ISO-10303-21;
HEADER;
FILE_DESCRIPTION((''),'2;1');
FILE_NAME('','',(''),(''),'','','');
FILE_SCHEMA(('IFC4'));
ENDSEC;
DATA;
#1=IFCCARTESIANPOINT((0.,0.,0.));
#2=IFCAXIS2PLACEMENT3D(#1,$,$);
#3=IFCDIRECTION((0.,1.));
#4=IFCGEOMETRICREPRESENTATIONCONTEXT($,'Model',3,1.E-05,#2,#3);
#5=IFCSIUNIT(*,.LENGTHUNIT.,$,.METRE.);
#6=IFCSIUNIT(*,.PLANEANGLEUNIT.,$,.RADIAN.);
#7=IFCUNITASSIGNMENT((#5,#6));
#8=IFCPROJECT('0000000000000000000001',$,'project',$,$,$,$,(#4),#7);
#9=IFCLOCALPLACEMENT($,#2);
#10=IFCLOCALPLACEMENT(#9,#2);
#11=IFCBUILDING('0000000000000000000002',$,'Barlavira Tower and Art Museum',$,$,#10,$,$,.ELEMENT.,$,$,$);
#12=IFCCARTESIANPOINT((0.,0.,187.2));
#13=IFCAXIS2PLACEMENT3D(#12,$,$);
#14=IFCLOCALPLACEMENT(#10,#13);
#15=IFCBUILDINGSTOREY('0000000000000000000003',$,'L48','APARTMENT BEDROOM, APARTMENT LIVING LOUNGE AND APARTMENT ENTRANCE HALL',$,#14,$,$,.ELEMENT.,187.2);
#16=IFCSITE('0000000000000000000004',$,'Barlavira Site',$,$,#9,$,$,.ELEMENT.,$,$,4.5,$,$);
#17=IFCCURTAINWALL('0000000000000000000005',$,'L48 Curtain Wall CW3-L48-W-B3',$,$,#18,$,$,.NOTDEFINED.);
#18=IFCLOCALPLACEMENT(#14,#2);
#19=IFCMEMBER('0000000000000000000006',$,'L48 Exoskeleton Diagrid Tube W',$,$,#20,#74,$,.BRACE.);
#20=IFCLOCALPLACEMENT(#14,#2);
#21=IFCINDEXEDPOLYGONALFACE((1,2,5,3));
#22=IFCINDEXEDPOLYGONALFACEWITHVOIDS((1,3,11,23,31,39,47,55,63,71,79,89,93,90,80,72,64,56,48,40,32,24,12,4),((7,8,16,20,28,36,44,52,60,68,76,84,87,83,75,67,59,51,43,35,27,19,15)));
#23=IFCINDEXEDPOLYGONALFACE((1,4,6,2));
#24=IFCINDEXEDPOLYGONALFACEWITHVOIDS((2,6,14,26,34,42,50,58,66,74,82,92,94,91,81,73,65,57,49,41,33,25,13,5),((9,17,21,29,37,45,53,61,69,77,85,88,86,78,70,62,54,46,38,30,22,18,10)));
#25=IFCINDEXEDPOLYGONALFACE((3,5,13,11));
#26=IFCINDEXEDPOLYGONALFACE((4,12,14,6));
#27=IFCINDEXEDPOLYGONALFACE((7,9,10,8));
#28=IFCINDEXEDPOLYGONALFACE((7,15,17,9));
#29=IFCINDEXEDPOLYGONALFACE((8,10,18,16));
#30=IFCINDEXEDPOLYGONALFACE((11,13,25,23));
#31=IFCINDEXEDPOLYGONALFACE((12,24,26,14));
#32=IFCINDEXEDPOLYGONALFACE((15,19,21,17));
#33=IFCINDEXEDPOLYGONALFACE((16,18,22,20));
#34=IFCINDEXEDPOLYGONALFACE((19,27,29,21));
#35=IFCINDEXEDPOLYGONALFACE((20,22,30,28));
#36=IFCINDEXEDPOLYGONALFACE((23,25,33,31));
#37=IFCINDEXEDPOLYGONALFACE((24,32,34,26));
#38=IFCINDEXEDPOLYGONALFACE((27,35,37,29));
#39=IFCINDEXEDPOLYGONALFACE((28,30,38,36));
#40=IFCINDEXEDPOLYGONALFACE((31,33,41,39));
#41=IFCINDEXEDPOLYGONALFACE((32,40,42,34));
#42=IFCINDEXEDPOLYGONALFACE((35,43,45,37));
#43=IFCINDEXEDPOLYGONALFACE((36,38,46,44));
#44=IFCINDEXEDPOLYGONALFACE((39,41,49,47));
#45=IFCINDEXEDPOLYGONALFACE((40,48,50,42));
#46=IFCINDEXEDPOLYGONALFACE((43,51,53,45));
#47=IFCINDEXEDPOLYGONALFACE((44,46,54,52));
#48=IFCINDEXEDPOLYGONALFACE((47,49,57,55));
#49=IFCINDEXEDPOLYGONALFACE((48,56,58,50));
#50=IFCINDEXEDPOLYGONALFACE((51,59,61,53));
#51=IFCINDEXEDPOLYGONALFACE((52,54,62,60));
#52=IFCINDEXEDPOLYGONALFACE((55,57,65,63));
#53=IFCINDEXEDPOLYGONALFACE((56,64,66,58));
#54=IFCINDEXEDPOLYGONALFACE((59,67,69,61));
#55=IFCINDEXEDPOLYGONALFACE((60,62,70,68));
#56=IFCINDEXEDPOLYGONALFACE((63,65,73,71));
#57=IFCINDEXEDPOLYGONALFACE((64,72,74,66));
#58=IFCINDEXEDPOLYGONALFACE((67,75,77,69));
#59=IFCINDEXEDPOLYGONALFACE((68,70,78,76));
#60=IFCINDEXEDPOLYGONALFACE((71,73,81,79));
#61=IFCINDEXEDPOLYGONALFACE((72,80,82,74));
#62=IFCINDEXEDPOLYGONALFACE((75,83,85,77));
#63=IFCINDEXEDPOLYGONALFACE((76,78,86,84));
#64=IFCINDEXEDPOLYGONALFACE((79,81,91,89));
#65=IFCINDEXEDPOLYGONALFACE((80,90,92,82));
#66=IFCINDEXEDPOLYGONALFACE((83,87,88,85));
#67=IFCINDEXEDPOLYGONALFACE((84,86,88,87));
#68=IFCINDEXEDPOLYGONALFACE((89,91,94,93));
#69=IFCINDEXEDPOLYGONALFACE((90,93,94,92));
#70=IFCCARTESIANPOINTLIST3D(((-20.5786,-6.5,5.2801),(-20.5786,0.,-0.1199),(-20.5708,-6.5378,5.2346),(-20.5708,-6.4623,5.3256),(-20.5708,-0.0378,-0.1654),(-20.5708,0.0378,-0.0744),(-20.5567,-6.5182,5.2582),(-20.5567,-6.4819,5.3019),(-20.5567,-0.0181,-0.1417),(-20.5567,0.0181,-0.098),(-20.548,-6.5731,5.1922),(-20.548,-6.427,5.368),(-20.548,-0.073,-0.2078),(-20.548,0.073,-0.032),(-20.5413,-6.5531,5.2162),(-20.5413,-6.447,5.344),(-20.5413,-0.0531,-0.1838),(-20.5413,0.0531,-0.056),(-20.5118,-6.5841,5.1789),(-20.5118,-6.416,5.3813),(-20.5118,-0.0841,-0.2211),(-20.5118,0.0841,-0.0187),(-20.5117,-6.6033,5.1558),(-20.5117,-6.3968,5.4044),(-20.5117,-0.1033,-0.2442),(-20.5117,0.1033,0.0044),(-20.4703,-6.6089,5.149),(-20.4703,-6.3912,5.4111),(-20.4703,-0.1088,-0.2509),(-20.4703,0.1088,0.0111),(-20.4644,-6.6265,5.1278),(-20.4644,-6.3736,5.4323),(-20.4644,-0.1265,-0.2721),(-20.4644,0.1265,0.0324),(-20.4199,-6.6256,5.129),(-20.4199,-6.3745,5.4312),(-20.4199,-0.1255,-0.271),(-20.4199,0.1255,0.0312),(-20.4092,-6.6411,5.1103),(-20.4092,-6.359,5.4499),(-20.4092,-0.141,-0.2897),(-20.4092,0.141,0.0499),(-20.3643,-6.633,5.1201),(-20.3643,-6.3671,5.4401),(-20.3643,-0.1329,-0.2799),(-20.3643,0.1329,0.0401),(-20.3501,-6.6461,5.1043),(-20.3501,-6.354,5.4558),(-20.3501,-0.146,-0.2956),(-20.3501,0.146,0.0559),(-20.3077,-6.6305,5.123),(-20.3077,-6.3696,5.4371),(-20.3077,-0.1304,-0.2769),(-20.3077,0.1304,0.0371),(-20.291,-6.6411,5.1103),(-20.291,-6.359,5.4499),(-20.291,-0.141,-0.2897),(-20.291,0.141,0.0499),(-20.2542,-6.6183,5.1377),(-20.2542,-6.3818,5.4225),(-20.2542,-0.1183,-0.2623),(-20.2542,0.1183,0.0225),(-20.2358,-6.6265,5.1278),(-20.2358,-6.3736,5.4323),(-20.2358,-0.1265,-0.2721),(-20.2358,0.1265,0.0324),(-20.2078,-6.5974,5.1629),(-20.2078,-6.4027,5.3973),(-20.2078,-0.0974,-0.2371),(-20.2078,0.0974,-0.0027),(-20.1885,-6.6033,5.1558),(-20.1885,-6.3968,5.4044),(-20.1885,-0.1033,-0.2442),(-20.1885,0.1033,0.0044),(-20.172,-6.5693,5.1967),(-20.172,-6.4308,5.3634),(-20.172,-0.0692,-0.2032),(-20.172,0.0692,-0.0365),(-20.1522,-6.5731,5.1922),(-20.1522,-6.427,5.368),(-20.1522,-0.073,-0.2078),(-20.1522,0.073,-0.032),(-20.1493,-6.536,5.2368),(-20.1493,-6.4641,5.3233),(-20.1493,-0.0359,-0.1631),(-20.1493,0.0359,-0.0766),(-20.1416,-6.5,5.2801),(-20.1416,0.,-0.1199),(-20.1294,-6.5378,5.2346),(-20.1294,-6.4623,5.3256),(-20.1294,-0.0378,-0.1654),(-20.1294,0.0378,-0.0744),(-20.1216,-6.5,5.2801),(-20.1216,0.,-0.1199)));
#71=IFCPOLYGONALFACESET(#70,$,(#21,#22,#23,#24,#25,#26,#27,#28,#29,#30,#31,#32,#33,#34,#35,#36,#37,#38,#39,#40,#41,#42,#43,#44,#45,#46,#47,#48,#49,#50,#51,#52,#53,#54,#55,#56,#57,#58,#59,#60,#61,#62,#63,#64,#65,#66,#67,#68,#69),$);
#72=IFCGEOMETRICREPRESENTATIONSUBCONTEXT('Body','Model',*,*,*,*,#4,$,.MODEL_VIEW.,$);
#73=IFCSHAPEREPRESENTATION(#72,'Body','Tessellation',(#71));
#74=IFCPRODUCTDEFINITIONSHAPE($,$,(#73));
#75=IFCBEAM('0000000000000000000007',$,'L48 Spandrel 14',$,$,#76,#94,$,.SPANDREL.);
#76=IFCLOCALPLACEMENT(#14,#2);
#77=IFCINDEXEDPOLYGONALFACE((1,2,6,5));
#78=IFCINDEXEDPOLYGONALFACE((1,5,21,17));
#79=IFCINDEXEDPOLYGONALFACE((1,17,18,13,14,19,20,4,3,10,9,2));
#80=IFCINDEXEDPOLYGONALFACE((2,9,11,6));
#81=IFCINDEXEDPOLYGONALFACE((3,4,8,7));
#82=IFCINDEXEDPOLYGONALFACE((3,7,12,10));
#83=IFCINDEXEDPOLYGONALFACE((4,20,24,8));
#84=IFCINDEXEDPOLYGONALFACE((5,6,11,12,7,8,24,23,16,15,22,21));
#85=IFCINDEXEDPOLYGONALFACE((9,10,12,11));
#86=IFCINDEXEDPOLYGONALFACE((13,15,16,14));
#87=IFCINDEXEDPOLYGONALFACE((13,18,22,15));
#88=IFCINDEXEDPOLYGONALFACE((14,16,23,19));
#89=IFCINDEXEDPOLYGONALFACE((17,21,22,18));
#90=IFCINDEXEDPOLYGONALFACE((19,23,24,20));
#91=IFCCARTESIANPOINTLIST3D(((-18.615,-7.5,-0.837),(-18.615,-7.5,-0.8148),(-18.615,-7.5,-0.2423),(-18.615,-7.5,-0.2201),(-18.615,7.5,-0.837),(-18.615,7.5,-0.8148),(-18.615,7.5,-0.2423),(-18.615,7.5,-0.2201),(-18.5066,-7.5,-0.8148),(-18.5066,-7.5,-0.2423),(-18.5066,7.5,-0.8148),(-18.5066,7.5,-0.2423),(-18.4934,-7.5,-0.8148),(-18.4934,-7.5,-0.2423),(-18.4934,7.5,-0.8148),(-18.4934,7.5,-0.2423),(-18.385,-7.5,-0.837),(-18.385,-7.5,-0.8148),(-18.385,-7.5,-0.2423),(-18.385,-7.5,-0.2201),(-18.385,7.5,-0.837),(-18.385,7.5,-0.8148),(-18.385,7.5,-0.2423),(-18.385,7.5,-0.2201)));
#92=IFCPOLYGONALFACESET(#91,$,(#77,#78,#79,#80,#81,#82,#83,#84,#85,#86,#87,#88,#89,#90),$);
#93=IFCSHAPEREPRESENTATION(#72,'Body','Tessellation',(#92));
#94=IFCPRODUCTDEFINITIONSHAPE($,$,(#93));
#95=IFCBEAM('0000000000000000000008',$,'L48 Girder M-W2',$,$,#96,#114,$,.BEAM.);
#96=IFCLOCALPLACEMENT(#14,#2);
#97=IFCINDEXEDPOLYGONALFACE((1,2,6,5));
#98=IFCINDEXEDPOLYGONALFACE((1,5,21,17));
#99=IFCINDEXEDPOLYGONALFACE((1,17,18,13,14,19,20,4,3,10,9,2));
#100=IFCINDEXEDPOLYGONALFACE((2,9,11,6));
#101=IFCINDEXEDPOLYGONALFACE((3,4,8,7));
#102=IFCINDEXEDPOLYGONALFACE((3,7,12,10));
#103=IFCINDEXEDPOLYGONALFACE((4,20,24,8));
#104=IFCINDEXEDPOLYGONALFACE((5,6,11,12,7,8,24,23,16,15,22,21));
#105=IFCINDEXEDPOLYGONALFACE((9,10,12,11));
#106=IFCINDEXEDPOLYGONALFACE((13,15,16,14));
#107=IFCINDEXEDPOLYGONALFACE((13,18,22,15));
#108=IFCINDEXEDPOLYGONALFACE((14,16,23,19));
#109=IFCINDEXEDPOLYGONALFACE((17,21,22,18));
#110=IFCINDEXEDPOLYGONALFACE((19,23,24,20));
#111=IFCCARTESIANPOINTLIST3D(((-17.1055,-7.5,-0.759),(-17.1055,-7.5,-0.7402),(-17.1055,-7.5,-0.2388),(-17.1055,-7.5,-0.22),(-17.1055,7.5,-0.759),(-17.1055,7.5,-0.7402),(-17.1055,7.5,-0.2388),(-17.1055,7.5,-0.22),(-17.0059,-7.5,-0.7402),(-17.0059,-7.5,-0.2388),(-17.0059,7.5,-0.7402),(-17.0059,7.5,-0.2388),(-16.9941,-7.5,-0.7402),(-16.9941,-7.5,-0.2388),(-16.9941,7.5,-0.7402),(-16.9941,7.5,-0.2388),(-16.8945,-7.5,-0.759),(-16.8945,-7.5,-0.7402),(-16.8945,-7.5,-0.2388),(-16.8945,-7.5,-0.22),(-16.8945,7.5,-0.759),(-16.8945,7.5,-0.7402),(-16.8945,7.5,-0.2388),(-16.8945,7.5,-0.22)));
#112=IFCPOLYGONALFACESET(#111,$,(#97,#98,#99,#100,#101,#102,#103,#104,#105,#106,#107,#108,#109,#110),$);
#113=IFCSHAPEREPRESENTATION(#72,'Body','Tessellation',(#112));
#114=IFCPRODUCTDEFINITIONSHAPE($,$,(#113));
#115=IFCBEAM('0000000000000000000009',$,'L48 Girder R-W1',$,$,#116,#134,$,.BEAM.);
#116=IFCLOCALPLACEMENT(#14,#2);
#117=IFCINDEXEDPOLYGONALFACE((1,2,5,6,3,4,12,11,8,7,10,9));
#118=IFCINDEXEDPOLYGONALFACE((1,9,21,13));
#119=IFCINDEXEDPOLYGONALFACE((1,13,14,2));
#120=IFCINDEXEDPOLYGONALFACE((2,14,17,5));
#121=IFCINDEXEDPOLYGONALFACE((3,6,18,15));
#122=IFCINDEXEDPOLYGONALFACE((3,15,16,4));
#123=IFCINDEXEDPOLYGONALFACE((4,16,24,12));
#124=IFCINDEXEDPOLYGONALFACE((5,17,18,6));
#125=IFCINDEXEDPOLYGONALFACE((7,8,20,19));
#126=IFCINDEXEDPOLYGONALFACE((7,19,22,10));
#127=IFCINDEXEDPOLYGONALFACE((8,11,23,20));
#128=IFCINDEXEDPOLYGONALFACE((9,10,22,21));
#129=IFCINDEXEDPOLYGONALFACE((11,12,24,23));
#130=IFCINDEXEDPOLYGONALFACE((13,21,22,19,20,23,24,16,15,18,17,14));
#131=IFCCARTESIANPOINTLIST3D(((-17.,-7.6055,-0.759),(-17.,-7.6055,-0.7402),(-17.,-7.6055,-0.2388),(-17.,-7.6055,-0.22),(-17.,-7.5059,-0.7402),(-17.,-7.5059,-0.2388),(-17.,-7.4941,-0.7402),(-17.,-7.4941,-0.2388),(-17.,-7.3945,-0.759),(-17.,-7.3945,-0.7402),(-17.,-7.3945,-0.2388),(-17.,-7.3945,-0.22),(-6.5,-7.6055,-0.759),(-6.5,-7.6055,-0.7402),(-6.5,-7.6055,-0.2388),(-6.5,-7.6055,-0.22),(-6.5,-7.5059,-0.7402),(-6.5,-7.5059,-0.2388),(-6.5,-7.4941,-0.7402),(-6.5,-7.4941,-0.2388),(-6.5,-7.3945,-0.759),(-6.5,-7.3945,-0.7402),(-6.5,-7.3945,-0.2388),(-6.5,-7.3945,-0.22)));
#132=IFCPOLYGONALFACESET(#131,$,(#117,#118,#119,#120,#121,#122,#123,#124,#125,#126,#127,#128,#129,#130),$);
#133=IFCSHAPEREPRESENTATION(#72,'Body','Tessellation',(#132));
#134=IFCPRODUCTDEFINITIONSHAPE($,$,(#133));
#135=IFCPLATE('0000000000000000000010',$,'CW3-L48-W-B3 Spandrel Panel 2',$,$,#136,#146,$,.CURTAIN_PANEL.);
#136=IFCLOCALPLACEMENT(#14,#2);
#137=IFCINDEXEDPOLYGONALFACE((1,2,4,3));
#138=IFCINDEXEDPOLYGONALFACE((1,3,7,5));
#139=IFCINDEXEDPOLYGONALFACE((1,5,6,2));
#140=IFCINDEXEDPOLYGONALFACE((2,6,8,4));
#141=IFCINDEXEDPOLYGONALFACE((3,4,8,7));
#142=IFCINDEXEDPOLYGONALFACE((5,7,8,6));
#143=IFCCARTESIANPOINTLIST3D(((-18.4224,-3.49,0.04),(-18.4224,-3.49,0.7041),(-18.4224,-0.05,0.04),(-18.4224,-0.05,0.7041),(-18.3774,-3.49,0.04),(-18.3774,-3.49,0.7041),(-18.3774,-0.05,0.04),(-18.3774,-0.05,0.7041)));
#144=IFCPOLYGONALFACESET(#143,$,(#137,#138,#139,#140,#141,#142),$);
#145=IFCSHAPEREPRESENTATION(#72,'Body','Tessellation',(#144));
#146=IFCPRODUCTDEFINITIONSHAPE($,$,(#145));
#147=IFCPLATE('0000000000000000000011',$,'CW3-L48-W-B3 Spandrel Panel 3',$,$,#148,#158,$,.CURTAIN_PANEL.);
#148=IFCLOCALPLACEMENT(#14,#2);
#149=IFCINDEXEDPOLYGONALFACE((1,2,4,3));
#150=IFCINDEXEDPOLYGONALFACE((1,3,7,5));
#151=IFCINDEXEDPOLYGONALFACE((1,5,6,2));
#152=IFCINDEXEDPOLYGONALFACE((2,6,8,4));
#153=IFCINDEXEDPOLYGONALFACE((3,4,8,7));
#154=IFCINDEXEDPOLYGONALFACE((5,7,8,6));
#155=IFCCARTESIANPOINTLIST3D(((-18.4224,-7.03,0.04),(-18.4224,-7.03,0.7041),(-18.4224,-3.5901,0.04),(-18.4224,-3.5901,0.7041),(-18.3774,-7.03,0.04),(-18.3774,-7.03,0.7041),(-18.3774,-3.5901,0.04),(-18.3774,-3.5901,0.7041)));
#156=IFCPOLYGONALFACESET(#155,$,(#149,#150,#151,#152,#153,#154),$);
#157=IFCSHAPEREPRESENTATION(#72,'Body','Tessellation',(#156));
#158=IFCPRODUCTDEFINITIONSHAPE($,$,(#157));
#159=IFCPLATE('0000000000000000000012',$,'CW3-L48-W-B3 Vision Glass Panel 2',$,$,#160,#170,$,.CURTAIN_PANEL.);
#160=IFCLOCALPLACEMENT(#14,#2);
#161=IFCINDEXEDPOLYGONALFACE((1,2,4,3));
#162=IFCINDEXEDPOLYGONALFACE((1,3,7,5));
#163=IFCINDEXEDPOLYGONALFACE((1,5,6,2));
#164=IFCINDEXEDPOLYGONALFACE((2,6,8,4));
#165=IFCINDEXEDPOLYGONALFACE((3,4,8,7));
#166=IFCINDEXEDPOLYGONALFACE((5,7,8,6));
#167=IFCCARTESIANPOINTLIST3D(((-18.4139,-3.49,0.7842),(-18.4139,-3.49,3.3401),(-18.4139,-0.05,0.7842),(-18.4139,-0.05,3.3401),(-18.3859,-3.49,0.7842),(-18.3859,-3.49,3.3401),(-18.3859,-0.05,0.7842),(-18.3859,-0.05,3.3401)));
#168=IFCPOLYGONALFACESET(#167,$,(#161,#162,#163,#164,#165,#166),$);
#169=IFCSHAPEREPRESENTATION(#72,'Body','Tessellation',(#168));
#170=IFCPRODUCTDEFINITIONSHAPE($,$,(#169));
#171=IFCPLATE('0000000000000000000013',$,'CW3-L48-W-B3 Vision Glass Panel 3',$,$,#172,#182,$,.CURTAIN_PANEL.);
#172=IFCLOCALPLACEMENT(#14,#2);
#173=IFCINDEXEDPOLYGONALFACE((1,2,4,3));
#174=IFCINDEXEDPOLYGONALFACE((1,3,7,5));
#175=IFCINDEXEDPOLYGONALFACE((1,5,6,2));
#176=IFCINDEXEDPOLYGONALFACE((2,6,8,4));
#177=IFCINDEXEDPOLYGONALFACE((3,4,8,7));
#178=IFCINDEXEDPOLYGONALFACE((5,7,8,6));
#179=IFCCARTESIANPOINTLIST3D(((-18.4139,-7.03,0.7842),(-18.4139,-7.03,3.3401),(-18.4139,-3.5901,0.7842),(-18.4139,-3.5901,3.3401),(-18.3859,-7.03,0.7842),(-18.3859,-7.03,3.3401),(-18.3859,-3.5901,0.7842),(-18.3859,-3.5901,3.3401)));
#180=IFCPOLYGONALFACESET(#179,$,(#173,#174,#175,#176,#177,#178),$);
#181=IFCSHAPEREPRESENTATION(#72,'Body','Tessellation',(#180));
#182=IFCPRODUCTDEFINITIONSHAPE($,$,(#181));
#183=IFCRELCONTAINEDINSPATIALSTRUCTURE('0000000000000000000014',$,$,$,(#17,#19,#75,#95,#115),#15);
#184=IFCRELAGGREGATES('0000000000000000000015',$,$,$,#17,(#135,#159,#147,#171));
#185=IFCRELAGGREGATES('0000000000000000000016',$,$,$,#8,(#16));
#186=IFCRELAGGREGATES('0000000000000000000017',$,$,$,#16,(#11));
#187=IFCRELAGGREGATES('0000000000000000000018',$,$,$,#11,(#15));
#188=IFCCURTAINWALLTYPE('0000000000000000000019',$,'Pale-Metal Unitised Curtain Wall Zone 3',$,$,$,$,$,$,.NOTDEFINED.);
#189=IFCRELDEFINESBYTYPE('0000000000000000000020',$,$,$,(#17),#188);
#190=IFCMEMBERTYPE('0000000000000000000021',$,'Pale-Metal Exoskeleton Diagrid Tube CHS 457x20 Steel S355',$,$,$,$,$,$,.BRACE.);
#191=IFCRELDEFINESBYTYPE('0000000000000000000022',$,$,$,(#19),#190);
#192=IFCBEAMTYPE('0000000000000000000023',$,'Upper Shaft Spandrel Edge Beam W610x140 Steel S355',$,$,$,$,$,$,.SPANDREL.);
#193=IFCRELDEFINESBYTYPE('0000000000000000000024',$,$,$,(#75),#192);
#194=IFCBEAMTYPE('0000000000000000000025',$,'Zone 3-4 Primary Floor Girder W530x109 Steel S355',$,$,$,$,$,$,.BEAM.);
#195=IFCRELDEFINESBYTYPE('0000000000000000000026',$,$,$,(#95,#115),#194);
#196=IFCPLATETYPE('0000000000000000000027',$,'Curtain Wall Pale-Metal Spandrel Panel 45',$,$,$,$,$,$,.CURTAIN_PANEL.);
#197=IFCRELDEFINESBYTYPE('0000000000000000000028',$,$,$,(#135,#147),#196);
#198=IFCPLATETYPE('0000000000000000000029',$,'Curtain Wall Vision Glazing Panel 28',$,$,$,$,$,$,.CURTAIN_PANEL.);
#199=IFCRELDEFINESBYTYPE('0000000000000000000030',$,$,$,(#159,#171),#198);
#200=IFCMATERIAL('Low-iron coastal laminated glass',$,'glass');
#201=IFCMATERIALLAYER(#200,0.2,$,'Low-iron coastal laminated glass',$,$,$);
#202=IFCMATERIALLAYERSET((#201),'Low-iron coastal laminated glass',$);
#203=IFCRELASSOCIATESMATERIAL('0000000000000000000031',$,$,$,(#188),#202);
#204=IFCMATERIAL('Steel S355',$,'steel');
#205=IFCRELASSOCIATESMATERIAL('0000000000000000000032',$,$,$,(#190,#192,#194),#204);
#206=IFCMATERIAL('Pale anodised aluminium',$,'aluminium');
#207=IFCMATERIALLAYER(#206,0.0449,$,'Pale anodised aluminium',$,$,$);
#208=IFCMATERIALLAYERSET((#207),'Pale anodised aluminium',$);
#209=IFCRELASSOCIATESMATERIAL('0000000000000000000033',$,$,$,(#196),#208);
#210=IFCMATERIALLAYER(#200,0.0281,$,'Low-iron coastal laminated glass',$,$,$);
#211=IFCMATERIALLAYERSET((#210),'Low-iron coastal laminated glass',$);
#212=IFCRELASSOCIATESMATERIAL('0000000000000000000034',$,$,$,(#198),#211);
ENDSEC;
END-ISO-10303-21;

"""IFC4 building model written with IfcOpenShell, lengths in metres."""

from ifc_helpers import new_model, si_unit, direction, frame, origin, origin_2d, place, context, subcontext, project, spatial, rectangle, hollow_circle, i_section, extrude, material, layer, layer_set, material_profile, profile_set, type_object, element, aggregate, save


model = new_model("IFC4")

# Units and contexts
model_context = context("Model", 3, precision=1e-05, world=origin(), true_north=direction((0.0, 1.0)))
body_context = subcontext(model_context, "Body", "Model", "MODEL_VIEW")
ifc_project = project(units=[si_unit("LENGTHUNIT", "METRE"), si_unit("PLANEANGLEUNIT", "RADIAN")], contexts=[model_context])

# Site, building, storey
site_placement = place(None, origin())
site = spatial("IfcSite", under=ifc_project, at=site_placement, Name="Barlavira Site", CompositionType="ELEMENT", RefElevation=4.5)
building_placement = place(site_placement, origin())
building = spatial("IfcBuilding", under=site, at=building_placement, Name="Barlavira Tower and Art Museum", CompositionType="ELEMENT")
storey_placement = place(building_placement, frame((0.0, 0.0, 187.2)))
storey = spatial("IfcBuildingStorey", under=building, at=storey_placement, Name="L48", Description="APARTMENT BEDROOM, APARTMENT LIVING LOUNGE AND APARTMENT ENTRANCE HALL", CompositionType="ELEMENT", Elevation=187.2)

# Curtain wall
ifc_material_1 = material(Name="Low-iron coastal laminated glass", Category="glass")
ifc_layer_1 = layer(ifc_material_1, 0.2, Name="Low-iron coastal laminated glass")
ifc_layer_set_1 = layer_set([ifc_layer_1], Name="Low-iron coastal laminated glass")
curtain_wall_type = type_object("IfcCurtainWallType", Name="Pale-Metal Unitised Curtain Wall Zone 3", PredefinedType="NOTDEFINED", material=ifc_layer_set_1)
curtain_wall_placement = place(storey_placement, origin())
curtain_wall = element("IfcCurtainWall", 1, at=curtain_wall_placement, inside=storey, type_object=curtain_wall_type, Name="L48 Curtain Wall CW3-L48-W-B3", PredefinedType="NOTDEFINED")
ifc_material_2 = material(Name="Pale anodised aluminium", Category="aluminium")

# Member
ifc_material_3 = material(Name="Steel S355", Category="steel")
ifc_material_profile_1 = material_profile(ifc_material_3, hollow_circle(Radius=0.2285, WallThickness=0.02, at=origin_2d()), Name="CHS 457.0x20.0")
ifc_profile_set_1 = profile_set([ifc_material_profile_1], Name="Steel S355")
member_type_1 = type_object("IfcMemberType", Name="Pale-Metal Exoskeleton Diagrid Tube CHS 457x20 Steel S355", PredefinedType="BRACE", material=ifc_profile_set_1)
member_1_placement = place(storey_placement, frame((-20.3501, 0.0, -0.1199), z_axis=(0.0, -0.769196, 0.639013), x_axis=(1.0, 0.0, 0.0)))
element("IfcMember", 2, at=member_1_placement, inside=storey, type_object=member_type_1, Name="L48 Exoskeleton Diagrid Tube W", PredefinedType="BRACE", context=body_context, shape_type="SweptSolid", body=[
    extrude(hollow_circle(Radius=0.2285, WallThickness=0.02, at=origin_2d()), origin(), (0.0, 0.0, 1.0), 8.4504),
])

# Beams
ifc_material_profile_2 = material_profile(ifc_material_3, i_section(OverallWidth=0.23, OverallDepth=0.6169, WebThickness=0.0132, FlangeThickness=0.0222, at=origin_2d()), Name="W610x140.0")
ifc_profile_set_2 = profile_set([ifc_material_profile_2], Name="Steel S355")
beam_type_1 = type_object("IfcBeamType", Name="Upper Shaft Spandrel Edge Beam W610x140 Steel S355", PredefinedType="SPANDREL", material=ifc_profile_set_2)
beam_1_placement = place(storey_placement, frame((-18.5, -7.5, -0.5286), z_axis=(0.0, 1.0, 0.0), x_axis=(-1.0, 0.0, 0.0)))
element("IfcBeam", 3, at=beam_1_placement, inside=storey, type_object=beam_type_1, Name="L48 Spandrel 14", PredefinedType="SPANDREL", context=body_context, shape_type="SweptSolid", body=[
    extrude(i_section(OverallWidth=0.23, OverallDepth=0.6169, WebThickness=0.0132, FlangeThickness=0.0222, at=origin_2d()), origin(), (0.0, 0.0, 1.0), 15.0),
])
ifc_material_profile_3 = material_profile(ifc_material_3, i_section(OverallWidth=0.2109, OverallDepth=0.5391, WebThickness=0.0117, FlangeThickness=0.0188, at=origin_2d()), Name="W530x109.0")
ifc_profile_set_3 = profile_set([ifc_material_profile_3], Name="Steel S355")
beam_type_2 = type_object("IfcBeamType", Name="Zone 3-4 Primary Floor Girder W530x109 Steel S355", PredefinedType="BEAM", material=ifc_profile_set_3)
beam_2_placement = place(storey_placement, frame((-17.0, -7.5, -0.4895), z_axis=(0.0, 1.0, 0.0), x_axis=(-1.0, 0.0, 0.0)))
element("IfcBeam", 4, at=beam_2_placement, inside=storey, type_object=beam_type_2, Name="L48 Girder M-W2", PredefinedType="BEAM", context=body_context, shape_type="SweptSolid", body=[
    extrude(i_section(OverallWidth=0.2109, OverallDepth=0.5391, WebThickness=0.0117, FlangeThickness=0.0188, at=origin_2d()), origin(), (0.0, 0.0, 1.0), 15.0),
])
beam_3_placement = place(storey_placement, frame((-17.0, -7.5, -0.4895), z_axis=(1.0, 0.0, 0.0), x_axis=(0.0, 1.0, 0.0)))
element("IfcBeam", 5, at=beam_3_placement, inside=storey, type_object=beam_type_2, Name="L48 Girder R-W1", PredefinedType="BEAM", context=body_context, shape_type="SweptSolid", body=[
    extrude(i_section(OverallWidth=0.2109, OverallDepth=0.5391, WebThickness=0.0117, FlangeThickness=0.0188, at=origin_2d()), origin(), (0.0, 0.0, 1.0), 10.5),
])

# Plates
ifc_layer_2 = layer(ifc_material_2, 0.0449, Name="Pale anodised aluminium")
ifc_layer_set_2 = layer_set([ifc_layer_2], Name="Pale anodised aluminium")
plate_type_1 = type_object("IfcPlateType", Name="Curtain Wall Pale-Metal Spandrel Panel 45", PredefinedType="CURTAIN_PANEL", material=ifc_layer_set_2)
plate_1_placement = place(storey_placement, frame((-18.3999, -1.77, 0.04), z_axis=(0.0, 0.0, 1.0), x_axis=(0.0, -1.0, 0.0)))
plate_1 = element("IfcPlate", 6, at=plate_1_placement, type_object=plate_type_1, Name="CW3-L48-W-B3 Spandrel Panel 2", PredefinedType="CURTAIN_PANEL", context=body_context, shape_type="SweptSolid", body=[
    extrude(rectangle(XDim=3.4399, YDim=0.0449, at=origin_2d()), origin(), (0.0, 0.0, 1.0), 0.6641),
])
plate_2_placement = place(storey_placement, frame((-18.3999, -5.3101, 0.04), z_axis=(0.0, 0.0, 1.0), x_axis=(0.0, -1.0, 0.0)))
plate_2 = element("IfcPlate", 7, at=plate_2_placement, type_object=plate_type_1, Name="CW3-L48-W-B3 Spandrel Panel 3", PredefinedType="CURTAIN_PANEL", context=body_context, shape_type="SweptSolid", body=[
    extrude(rectangle(XDim=3.4399, YDim=0.0449, at=origin_2d()), origin(), (0.0, 0.0, 1.0), 0.6641),
])
ifc_layer_3 = layer(ifc_material_1, 0.0281, Name="Low-iron coastal laminated glass")
ifc_layer_set_3 = layer_set([ifc_layer_3], Name="Low-iron coastal laminated glass")
plate_type_2 = type_object("IfcPlateType", Name="Curtain Wall Vision Glazing Panel 28", PredefinedType="CURTAIN_PANEL", material=ifc_layer_set_3)
plate_3_placement = place(storey_placement, frame((-18.3999, -1.77, 0.7842), z_axis=(0.0, 0.0, 1.0), x_axis=(0.0, -1.0, 0.0)))
plate_3 = element("IfcPlate", 8, at=plate_3_placement, type_object=plate_type_2, Name="CW3-L48-W-B3 Vision Glass Panel 2", PredefinedType="CURTAIN_PANEL", context=body_context, shape_type="SweptSolid", body=[
    extrude(rectangle(XDim=3.4399, YDim=0.0281, at=origin_2d()), origin(), (0.0, 0.0, 1.0), 2.5559),
])
plate_4_placement = place(storey_placement, frame((-18.3999, -5.3101, 0.7842), z_axis=(0.0, 0.0, 1.0), x_axis=(0.0, -1.0, 0.0)))
plate_4 = element("IfcPlate", 9, at=plate_4_placement, type_object=plate_type_2, Name="CW3-L48-W-B3 Vision Glass Panel 3", PredefinedType="CURTAIN_PANEL", context=body_context, shape_type="SweptSolid", body=[
    extrude(rectangle(XDim=3.4399, YDim=0.0281, at=origin_2d()), origin(), (0.0, 0.0, 1.0), 2.5559),
])
aggregate(curtain_wall, [plate_1, plate_3, plate_2, plate_4])

save(model, "model.ifc")
